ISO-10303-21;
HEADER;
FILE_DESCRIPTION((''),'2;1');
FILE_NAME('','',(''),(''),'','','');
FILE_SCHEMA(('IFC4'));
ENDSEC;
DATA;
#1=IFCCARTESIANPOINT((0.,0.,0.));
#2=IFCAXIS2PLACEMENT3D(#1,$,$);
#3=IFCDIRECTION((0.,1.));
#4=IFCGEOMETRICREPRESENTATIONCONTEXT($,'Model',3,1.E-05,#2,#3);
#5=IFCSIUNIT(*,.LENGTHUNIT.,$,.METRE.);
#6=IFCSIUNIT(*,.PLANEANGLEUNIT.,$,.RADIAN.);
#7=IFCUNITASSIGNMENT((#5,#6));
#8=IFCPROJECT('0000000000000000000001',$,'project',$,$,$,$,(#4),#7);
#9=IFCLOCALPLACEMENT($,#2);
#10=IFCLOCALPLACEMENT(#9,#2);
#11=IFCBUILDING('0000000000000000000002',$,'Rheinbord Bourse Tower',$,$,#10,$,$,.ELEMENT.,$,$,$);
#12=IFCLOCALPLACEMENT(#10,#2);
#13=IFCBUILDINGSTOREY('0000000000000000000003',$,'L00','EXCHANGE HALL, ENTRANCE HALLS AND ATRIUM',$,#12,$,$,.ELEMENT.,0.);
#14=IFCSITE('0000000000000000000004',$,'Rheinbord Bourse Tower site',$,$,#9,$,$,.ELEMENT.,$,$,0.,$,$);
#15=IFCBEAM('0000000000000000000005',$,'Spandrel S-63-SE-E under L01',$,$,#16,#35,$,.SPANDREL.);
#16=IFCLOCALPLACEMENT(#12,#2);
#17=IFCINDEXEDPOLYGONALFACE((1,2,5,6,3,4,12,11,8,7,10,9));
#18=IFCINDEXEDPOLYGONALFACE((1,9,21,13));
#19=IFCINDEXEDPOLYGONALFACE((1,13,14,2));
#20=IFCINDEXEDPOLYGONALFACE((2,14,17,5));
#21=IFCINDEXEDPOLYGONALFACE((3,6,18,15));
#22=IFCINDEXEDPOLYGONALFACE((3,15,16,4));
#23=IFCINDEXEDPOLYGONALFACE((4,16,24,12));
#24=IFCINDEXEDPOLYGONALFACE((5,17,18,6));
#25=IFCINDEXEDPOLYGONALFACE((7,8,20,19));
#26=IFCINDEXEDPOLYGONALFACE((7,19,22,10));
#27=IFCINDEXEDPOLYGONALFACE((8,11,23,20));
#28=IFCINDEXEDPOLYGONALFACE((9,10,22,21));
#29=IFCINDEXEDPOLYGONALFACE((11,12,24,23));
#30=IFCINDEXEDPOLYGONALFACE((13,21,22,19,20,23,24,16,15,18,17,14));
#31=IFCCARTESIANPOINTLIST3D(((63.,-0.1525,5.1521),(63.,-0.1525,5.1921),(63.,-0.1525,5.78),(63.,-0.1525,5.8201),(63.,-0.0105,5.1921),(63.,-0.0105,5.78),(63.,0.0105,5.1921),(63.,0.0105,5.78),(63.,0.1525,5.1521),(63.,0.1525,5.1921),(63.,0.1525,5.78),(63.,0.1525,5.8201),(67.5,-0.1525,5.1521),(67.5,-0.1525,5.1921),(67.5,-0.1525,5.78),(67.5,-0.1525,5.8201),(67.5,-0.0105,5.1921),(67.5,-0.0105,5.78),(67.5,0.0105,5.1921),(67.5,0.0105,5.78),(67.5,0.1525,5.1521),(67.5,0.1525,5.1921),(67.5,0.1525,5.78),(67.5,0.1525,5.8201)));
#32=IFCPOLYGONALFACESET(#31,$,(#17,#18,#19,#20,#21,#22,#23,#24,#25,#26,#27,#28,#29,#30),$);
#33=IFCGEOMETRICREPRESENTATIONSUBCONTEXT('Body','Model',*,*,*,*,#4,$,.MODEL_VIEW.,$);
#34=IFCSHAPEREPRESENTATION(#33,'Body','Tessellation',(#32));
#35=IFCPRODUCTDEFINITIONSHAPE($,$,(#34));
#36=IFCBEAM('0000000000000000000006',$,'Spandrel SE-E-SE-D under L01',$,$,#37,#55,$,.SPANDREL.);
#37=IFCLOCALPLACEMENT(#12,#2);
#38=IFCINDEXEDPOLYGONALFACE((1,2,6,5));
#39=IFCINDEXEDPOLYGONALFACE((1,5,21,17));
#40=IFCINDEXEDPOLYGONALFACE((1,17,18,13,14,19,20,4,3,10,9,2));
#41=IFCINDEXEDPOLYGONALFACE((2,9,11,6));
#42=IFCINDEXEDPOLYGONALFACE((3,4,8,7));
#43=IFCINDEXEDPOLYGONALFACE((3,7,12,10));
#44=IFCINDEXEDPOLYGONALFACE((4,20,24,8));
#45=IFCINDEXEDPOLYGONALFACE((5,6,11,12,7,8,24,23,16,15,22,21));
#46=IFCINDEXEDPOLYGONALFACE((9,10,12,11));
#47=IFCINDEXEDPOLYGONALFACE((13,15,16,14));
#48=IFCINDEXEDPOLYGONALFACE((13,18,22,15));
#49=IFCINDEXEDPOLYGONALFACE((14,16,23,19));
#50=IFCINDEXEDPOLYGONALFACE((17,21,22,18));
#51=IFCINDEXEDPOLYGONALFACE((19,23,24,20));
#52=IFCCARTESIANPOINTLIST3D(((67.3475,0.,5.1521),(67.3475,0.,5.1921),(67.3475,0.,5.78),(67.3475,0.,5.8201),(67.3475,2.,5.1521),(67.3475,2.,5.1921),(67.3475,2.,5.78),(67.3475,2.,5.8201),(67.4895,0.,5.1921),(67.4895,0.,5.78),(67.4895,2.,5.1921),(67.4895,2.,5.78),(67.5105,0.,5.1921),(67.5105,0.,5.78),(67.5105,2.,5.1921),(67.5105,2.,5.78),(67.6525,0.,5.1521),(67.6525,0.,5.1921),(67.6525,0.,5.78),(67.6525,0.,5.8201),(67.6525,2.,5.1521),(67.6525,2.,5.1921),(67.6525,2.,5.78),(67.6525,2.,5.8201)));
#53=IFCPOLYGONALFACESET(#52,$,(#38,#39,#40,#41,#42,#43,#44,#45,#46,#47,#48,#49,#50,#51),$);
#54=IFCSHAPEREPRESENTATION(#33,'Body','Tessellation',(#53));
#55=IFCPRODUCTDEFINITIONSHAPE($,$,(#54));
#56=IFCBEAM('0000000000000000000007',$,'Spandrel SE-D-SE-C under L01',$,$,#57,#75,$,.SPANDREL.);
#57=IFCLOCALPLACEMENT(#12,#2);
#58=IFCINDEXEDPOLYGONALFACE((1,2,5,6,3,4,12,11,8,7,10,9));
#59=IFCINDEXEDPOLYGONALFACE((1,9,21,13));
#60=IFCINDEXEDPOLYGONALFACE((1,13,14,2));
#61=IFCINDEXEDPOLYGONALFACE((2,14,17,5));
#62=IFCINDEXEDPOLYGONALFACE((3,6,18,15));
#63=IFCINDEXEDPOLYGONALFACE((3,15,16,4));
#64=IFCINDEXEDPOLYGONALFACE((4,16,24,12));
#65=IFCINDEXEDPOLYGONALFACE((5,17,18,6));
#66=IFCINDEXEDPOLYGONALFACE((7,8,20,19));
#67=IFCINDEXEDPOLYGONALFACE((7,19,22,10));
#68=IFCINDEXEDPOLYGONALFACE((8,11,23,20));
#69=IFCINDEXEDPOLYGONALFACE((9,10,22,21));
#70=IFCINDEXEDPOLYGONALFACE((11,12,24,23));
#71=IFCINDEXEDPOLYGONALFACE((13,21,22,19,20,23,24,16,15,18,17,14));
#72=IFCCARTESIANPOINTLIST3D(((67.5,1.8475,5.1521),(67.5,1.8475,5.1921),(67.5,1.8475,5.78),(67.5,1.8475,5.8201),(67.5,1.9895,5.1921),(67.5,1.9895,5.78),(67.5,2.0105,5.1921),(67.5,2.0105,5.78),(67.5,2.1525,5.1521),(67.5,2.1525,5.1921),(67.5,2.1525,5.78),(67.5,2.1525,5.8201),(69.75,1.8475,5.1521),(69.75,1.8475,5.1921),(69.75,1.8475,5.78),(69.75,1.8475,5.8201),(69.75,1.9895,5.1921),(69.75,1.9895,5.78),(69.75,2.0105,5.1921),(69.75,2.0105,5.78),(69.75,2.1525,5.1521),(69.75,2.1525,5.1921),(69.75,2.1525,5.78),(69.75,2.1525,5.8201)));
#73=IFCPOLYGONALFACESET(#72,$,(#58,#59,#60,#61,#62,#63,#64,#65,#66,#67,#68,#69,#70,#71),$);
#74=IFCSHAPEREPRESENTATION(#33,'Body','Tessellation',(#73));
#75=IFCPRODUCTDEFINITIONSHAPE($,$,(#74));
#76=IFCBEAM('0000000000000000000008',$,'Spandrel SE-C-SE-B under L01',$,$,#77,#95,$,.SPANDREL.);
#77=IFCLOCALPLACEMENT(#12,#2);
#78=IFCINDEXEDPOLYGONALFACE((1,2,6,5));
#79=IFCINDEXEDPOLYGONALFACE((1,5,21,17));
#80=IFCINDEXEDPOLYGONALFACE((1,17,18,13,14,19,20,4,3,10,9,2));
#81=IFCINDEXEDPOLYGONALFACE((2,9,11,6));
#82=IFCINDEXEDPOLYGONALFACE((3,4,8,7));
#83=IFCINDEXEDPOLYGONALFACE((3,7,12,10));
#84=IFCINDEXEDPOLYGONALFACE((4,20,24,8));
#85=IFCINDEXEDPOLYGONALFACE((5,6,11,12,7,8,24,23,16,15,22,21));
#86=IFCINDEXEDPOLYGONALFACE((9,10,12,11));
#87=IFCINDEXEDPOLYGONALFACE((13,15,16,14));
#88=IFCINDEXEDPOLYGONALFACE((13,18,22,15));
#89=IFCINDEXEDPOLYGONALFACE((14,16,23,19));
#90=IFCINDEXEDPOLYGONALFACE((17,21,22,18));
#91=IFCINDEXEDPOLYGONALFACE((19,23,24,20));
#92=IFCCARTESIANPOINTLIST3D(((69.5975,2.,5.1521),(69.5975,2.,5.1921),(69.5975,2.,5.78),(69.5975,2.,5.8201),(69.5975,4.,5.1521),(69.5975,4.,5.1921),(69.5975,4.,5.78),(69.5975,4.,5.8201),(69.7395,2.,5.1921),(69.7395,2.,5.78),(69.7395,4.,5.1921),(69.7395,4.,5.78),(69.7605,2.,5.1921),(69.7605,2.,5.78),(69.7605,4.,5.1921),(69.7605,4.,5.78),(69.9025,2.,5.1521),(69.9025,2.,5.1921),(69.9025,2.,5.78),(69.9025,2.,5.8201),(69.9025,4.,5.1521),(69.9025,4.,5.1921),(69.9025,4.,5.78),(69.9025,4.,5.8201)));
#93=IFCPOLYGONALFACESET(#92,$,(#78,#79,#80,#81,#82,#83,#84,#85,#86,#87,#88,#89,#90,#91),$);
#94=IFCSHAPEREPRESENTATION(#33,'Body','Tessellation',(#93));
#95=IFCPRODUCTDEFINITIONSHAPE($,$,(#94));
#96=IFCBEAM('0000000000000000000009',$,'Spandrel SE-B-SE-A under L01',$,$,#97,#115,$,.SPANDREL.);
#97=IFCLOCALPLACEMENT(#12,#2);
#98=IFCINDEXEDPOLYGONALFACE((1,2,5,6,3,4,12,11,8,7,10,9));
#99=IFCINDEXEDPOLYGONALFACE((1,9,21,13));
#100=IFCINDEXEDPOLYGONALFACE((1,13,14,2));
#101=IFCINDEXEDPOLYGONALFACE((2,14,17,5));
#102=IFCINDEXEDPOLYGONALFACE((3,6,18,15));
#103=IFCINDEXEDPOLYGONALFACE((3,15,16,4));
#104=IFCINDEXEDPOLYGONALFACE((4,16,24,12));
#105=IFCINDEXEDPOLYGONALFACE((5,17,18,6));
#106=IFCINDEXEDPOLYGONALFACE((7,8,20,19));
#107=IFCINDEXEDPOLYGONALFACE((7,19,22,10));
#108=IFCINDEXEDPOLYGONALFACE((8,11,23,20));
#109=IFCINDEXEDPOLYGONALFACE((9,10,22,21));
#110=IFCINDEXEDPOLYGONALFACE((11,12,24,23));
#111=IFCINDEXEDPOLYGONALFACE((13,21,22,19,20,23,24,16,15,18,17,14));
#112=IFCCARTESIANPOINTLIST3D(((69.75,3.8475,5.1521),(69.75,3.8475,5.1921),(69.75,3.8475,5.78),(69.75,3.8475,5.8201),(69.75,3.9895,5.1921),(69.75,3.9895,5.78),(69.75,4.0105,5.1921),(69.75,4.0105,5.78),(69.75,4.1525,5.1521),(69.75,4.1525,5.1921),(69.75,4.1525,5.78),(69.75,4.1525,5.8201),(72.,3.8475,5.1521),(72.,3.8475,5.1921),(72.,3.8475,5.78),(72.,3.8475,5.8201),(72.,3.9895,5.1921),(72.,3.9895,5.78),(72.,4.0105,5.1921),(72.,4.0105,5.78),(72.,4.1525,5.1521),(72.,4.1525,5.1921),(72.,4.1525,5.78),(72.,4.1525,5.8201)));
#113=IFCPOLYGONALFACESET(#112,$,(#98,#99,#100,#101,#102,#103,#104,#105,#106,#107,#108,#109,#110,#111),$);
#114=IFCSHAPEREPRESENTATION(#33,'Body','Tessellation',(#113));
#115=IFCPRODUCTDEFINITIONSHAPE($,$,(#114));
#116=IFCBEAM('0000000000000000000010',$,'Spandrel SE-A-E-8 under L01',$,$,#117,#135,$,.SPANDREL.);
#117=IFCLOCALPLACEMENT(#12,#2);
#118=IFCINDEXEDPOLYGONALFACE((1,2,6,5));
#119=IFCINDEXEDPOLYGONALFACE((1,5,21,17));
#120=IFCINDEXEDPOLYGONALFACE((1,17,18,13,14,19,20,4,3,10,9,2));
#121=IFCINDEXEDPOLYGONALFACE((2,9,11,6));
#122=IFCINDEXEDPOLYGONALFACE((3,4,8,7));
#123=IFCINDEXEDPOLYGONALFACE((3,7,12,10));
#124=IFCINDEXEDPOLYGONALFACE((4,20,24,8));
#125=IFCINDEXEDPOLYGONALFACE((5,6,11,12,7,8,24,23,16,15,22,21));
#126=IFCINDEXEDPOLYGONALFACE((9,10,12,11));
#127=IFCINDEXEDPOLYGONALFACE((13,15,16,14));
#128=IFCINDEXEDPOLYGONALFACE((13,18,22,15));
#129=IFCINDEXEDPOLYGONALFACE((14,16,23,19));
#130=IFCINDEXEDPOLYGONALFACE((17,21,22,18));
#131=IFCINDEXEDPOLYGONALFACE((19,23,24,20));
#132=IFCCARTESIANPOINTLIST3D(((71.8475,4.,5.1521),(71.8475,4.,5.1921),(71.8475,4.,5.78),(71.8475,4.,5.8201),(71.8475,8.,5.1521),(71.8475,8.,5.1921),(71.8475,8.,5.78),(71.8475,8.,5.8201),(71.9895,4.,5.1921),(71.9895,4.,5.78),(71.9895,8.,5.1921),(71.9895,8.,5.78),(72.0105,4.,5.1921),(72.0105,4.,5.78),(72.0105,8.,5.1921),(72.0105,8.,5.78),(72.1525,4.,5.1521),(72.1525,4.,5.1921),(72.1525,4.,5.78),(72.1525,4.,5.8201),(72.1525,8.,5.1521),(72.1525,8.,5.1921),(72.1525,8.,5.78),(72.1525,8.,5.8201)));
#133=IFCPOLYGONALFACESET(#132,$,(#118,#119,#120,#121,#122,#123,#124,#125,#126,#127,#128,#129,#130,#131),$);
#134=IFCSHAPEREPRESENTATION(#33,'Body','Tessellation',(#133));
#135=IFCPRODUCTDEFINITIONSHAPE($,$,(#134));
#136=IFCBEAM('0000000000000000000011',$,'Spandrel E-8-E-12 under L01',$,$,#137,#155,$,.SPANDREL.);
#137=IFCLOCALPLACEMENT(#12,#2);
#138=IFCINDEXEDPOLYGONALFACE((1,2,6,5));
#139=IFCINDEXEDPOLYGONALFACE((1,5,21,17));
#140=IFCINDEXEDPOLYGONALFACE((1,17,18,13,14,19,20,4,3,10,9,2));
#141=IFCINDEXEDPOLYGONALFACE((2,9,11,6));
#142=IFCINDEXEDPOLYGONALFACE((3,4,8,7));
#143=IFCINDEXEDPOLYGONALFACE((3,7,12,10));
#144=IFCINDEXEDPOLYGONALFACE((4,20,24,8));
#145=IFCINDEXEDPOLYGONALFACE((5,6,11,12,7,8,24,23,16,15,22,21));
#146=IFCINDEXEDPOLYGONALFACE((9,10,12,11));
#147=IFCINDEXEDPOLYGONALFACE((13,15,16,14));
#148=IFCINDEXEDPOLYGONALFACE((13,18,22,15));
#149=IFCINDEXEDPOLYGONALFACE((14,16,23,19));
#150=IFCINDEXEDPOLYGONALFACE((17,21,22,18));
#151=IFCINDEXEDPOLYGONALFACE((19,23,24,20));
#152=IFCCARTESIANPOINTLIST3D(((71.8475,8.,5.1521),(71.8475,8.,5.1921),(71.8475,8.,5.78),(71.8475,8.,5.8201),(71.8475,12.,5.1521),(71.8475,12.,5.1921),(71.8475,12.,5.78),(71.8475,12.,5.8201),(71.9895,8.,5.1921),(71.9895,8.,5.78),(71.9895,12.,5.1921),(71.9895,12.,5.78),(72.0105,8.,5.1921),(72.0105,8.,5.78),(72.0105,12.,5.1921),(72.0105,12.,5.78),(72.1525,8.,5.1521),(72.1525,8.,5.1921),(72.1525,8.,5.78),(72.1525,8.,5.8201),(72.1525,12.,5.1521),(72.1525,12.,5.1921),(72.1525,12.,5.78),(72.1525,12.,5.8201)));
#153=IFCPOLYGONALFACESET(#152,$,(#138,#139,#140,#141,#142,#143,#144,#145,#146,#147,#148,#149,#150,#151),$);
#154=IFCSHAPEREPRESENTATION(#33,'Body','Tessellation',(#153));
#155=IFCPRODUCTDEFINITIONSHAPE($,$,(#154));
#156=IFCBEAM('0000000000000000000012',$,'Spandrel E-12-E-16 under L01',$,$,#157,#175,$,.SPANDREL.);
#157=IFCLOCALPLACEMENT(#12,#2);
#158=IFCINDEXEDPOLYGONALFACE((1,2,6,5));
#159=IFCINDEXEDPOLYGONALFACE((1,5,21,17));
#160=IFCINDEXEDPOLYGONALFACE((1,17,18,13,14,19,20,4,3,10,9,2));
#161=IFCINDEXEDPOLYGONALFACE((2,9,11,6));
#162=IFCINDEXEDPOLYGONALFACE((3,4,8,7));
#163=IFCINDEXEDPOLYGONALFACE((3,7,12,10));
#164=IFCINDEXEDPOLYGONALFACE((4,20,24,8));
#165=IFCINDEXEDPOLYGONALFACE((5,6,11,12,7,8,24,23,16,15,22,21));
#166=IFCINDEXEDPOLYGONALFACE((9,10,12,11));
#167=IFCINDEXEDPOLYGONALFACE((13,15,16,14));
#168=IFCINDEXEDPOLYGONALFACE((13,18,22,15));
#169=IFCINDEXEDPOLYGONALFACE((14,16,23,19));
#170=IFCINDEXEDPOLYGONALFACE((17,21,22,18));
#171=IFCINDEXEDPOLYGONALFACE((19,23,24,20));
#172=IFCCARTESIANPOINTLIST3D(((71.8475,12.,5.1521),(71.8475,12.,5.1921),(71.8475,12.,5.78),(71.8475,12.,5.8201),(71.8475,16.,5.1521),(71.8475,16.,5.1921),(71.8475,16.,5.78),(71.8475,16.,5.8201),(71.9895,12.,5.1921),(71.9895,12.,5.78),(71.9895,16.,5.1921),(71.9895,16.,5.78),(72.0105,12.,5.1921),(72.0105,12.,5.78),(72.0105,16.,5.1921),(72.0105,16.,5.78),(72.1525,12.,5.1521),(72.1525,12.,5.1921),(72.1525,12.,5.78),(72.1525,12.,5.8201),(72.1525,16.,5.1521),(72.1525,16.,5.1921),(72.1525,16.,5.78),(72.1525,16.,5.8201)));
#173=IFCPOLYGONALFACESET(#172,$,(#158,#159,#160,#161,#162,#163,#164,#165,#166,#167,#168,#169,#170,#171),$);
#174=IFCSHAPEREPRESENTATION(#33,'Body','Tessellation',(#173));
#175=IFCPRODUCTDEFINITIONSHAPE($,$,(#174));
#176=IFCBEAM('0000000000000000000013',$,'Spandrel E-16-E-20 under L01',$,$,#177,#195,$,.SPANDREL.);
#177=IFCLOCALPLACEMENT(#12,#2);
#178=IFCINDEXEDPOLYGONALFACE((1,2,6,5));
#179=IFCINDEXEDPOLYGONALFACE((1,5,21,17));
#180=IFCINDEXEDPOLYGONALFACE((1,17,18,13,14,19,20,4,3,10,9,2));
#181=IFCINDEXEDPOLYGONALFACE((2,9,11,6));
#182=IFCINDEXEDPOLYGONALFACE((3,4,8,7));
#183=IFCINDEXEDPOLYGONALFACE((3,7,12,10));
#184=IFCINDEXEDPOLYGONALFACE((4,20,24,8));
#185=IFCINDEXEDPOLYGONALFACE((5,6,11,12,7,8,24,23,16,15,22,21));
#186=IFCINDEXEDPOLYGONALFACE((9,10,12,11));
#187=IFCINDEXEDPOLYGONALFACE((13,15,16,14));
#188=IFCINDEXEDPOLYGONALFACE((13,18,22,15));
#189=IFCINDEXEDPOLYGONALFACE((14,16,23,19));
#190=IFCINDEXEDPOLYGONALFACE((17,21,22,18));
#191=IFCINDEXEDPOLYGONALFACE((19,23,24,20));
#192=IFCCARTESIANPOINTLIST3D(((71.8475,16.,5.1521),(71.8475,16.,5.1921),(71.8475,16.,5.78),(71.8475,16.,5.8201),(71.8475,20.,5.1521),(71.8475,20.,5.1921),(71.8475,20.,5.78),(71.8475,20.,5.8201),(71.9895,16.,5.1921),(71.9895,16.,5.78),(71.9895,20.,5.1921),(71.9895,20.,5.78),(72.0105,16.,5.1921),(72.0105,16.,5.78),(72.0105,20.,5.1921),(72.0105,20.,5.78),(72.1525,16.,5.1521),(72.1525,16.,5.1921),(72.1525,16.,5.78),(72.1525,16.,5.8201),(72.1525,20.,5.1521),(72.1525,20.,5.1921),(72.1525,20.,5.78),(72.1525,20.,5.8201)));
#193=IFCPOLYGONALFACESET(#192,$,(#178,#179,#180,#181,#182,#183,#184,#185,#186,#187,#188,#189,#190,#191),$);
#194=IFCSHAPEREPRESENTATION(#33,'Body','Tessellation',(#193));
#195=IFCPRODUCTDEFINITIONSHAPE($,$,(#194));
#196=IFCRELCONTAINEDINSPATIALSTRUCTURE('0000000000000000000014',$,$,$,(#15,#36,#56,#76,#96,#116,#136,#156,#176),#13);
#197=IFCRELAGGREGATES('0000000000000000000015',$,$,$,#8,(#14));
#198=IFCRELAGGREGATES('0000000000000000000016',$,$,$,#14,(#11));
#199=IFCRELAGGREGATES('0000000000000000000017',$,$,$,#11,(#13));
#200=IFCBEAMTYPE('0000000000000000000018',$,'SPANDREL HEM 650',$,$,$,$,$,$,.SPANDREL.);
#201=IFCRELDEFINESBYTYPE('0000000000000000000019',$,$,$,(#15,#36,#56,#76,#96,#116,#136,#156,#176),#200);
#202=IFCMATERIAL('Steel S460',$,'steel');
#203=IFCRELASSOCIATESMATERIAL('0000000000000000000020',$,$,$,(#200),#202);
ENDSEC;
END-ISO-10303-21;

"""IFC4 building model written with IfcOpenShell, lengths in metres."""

from ifc_helpers import new_model, si_unit, direction, frame, origin, origin_2d, place, context, subcontext, project, spatial, i_section, extrude, material, material_profile, profile_set, type_object, element, save


model = new_model("IFC4")

# Units and contexts
model_context = context("Model", 3, precision=1e-05, world=origin(), true_north=direction((0.0, 1.0)))
body_context = subcontext(model_context, "Body", "Model", "MODEL_VIEW")
ifc_project = project(units=[si_unit("LENGTHUNIT", "METRE"), si_unit("PLANEANGLEUNIT", "RADIAN")], contexts=[model_context])

# Site, building, storey
site_placement = place(None, origin())
site = spatial("IfcSite", under=ifc_project, at=site_placement, Name="Rheinbord Bourse Tower site", CompositionType="ELEMENT", RefElevation=0.0)
building_placement = place(site_placement, origin())
building = spatial("IfcBuilding", under=site, at=building_placement, Name="Rheinbord Bourse Tower", CompositionType="ELEMENT")
storey_placement = place(building_placement, origin())
storey = spatial("IfcBuildingStorey", under=building, at=storey_placement, Name="L00", Description="EXCHANGE HALL, ENTRANCE HALLS AND ATRIUM", CompositionType="ELEMENT", Elevation=0.0)

# Beams
ifc_material_1 = material(Name="Steel S460", Category="steel")
ifc_material_profile_1 = material_profile(ifc_material_1, i_section(OverallWidth=0.3049, OverallDepth=0.668, WebThickness=0.021, FlangeThickness=0.04, at=origin_2d()), Name="HEM 650")
ifc_profile_set_1 = profile_set([ifc_material_profile_1], Name="Steel S460")
beam_type_1 = type_object("IfcBeamType", Name="SPANDREL HEM 650", PredefinedType="SPANDREL", material=ifc_profile_set_1)
beam_1_placement = place(storey_placement, frame((63.0, 0.0, 5.4861), z_axis=(1.0, 0.0, 0.0), x_axis=(0.0, 1.0, 0.0)))
element("IfcBeam", 1, at=beam_1_placement, inside=storey, type_object=beam_type_1, Name="Spandrel S-63-SE-E under L01", PredefinedType="SPANDREL", context=body_context, shape_type="SweptSolid", body=[
    extrude(i_section(OverallWidth=0.3049, OverallDepth=0.668, WebThickness=0.021, FlangeThickness=0.04, at=origin_2d()), origin(), (0.0, 0.0, 1.0), 4.5),
])
beam_2_placement = place(storey_placement, frame((67.5, 0.0, 5.4861), z_axis=(0.0, 1.0, 0.0), x_axis=(-1.0, 0.0, 0.0)))
element("IfcBeam", 2, at=beam_2_placement, inside=storey, type_object=beam_type_1, Name="Spandrel SE-E-SE-D under L01", PredefinedType="SPANDREL", context=body_context, shape_type="SweptSolid", body=[
    extrude(i_section(OverallWidth=0.3049, OverallDepth=0.668, WebThickness=0.021, FlangeThickness=0.04, at=origin_2d()), origin(), (0.0, 0.0, 1.0), 2.0),
])
beam_3_placement = place(storey_placement, frame((67.5, 2.0, 5.4861), z_axis=(1.0, 0.0, 0.0), x_axis=(0.0, 1.0, 0.0)))
element("IfcBeam", 3, at=beam_3_placement, inside=storey, type_object=beam_type_1, Name="Spandrel SE-D-SE-C under L01", PredefinedType="SPANDREL", context=body_context, shape_type="SweptSolid", body=[
    extrude(i_section(OverallWidth=0.3049, OverallDepth=0.668, WebThickness=0.021, FlangeThickness=0.04, at=origin_2d()), origin(), (0.0, 0.0, 1.0), 2.25),
])
beam_4_placement = place(storey_placement, frame((69.75, 2.0, 5.4861), z_axis=(0.0, 1.0, 0.0), x_axis=(-1.0, 0.0, 0.0)))
element("IfcBeam", 4, at=beam_4_placement, inside=storey, type_object=beam_type_1, Name="Spandrel SE-C-SE-B under L01", PredefinedType="SPANDREL", context=body_context, shape_type="SweptSolid", body=[
    extrude(i_section(OverallWidth=0.3049, OverallDepth=0.668, WebThickness=0.021, FlangeThickness=0.04, at=origin_2d()), origin(), (0.0, 0.0, 1.0), 2.0),
])
beam_5_placement = place(storey_placement, frame((69.75, 4.0, 5.4861), z_axis=(1.0, 0.0, 0.0), x_axis=(0.0, 1.0, 0.0)))
element("IfcBeam", 5, at=beam_5_placement, inside=storey, type_object=beam_type_1, Name="Spandrel SE-B-SE-A under L01", PredefinedType="SPANDREL", context=body_context, shape_type="SweptSolid", body=[
    extrude(i_section(OverallWidth=0.3049, OverallDepth=0.668, WebThickness=0.021, FlangeThickness=0.04, at=origin_2d()), origin(), (0.0, 0.0, 1.0), 2.25),
])
for number, where, z_axis, x_axis, name in (
    (6, (72.0, 4.0, 5.4861), (0.0, 1.0, 0.0), (-1.0, 0.0, 0.0), "Spandrel SE-A-E-8 under L01"),
    (7, (72.0, 8.0, 5.4861), (0.0, 1.0, 0.0), (-1.0, 0.0, 0.0), "Spandrel E-8-E-12 under L01"),
    (8, (72.0, 12.0, 5.4861), (0.0, 1.0, 0.0), (-1.0, 0.0, 0.0), "Spandrel E-12-E-16 under L01"),
    (9, (72.0, 16.0, 5.4861), (0.0, 1.0, 0.0), (-1.0, 0.0, 0.0), "Spandrel E-16-E-20 under L01"),
):
    element("IfcBeam", number, at=place(storey_placement, frame(where, z_axis=z_axis, x_axis=x_axis)), inside=storey, type_object=beam_type_1, Name=name, PredefinedType="SPANDREL", context=body_context, shape_type="SweptSolid", body=[
        extrude(i_section(OverallWidth=0.3049, OverallDepth=0.668, WebThickness=0.021, FlangeThickness=0.04, at=origin_2d()), origin(), (0.0, 0.0, 1.0), 4.0),
    ])

save(model, "model.ifc")
